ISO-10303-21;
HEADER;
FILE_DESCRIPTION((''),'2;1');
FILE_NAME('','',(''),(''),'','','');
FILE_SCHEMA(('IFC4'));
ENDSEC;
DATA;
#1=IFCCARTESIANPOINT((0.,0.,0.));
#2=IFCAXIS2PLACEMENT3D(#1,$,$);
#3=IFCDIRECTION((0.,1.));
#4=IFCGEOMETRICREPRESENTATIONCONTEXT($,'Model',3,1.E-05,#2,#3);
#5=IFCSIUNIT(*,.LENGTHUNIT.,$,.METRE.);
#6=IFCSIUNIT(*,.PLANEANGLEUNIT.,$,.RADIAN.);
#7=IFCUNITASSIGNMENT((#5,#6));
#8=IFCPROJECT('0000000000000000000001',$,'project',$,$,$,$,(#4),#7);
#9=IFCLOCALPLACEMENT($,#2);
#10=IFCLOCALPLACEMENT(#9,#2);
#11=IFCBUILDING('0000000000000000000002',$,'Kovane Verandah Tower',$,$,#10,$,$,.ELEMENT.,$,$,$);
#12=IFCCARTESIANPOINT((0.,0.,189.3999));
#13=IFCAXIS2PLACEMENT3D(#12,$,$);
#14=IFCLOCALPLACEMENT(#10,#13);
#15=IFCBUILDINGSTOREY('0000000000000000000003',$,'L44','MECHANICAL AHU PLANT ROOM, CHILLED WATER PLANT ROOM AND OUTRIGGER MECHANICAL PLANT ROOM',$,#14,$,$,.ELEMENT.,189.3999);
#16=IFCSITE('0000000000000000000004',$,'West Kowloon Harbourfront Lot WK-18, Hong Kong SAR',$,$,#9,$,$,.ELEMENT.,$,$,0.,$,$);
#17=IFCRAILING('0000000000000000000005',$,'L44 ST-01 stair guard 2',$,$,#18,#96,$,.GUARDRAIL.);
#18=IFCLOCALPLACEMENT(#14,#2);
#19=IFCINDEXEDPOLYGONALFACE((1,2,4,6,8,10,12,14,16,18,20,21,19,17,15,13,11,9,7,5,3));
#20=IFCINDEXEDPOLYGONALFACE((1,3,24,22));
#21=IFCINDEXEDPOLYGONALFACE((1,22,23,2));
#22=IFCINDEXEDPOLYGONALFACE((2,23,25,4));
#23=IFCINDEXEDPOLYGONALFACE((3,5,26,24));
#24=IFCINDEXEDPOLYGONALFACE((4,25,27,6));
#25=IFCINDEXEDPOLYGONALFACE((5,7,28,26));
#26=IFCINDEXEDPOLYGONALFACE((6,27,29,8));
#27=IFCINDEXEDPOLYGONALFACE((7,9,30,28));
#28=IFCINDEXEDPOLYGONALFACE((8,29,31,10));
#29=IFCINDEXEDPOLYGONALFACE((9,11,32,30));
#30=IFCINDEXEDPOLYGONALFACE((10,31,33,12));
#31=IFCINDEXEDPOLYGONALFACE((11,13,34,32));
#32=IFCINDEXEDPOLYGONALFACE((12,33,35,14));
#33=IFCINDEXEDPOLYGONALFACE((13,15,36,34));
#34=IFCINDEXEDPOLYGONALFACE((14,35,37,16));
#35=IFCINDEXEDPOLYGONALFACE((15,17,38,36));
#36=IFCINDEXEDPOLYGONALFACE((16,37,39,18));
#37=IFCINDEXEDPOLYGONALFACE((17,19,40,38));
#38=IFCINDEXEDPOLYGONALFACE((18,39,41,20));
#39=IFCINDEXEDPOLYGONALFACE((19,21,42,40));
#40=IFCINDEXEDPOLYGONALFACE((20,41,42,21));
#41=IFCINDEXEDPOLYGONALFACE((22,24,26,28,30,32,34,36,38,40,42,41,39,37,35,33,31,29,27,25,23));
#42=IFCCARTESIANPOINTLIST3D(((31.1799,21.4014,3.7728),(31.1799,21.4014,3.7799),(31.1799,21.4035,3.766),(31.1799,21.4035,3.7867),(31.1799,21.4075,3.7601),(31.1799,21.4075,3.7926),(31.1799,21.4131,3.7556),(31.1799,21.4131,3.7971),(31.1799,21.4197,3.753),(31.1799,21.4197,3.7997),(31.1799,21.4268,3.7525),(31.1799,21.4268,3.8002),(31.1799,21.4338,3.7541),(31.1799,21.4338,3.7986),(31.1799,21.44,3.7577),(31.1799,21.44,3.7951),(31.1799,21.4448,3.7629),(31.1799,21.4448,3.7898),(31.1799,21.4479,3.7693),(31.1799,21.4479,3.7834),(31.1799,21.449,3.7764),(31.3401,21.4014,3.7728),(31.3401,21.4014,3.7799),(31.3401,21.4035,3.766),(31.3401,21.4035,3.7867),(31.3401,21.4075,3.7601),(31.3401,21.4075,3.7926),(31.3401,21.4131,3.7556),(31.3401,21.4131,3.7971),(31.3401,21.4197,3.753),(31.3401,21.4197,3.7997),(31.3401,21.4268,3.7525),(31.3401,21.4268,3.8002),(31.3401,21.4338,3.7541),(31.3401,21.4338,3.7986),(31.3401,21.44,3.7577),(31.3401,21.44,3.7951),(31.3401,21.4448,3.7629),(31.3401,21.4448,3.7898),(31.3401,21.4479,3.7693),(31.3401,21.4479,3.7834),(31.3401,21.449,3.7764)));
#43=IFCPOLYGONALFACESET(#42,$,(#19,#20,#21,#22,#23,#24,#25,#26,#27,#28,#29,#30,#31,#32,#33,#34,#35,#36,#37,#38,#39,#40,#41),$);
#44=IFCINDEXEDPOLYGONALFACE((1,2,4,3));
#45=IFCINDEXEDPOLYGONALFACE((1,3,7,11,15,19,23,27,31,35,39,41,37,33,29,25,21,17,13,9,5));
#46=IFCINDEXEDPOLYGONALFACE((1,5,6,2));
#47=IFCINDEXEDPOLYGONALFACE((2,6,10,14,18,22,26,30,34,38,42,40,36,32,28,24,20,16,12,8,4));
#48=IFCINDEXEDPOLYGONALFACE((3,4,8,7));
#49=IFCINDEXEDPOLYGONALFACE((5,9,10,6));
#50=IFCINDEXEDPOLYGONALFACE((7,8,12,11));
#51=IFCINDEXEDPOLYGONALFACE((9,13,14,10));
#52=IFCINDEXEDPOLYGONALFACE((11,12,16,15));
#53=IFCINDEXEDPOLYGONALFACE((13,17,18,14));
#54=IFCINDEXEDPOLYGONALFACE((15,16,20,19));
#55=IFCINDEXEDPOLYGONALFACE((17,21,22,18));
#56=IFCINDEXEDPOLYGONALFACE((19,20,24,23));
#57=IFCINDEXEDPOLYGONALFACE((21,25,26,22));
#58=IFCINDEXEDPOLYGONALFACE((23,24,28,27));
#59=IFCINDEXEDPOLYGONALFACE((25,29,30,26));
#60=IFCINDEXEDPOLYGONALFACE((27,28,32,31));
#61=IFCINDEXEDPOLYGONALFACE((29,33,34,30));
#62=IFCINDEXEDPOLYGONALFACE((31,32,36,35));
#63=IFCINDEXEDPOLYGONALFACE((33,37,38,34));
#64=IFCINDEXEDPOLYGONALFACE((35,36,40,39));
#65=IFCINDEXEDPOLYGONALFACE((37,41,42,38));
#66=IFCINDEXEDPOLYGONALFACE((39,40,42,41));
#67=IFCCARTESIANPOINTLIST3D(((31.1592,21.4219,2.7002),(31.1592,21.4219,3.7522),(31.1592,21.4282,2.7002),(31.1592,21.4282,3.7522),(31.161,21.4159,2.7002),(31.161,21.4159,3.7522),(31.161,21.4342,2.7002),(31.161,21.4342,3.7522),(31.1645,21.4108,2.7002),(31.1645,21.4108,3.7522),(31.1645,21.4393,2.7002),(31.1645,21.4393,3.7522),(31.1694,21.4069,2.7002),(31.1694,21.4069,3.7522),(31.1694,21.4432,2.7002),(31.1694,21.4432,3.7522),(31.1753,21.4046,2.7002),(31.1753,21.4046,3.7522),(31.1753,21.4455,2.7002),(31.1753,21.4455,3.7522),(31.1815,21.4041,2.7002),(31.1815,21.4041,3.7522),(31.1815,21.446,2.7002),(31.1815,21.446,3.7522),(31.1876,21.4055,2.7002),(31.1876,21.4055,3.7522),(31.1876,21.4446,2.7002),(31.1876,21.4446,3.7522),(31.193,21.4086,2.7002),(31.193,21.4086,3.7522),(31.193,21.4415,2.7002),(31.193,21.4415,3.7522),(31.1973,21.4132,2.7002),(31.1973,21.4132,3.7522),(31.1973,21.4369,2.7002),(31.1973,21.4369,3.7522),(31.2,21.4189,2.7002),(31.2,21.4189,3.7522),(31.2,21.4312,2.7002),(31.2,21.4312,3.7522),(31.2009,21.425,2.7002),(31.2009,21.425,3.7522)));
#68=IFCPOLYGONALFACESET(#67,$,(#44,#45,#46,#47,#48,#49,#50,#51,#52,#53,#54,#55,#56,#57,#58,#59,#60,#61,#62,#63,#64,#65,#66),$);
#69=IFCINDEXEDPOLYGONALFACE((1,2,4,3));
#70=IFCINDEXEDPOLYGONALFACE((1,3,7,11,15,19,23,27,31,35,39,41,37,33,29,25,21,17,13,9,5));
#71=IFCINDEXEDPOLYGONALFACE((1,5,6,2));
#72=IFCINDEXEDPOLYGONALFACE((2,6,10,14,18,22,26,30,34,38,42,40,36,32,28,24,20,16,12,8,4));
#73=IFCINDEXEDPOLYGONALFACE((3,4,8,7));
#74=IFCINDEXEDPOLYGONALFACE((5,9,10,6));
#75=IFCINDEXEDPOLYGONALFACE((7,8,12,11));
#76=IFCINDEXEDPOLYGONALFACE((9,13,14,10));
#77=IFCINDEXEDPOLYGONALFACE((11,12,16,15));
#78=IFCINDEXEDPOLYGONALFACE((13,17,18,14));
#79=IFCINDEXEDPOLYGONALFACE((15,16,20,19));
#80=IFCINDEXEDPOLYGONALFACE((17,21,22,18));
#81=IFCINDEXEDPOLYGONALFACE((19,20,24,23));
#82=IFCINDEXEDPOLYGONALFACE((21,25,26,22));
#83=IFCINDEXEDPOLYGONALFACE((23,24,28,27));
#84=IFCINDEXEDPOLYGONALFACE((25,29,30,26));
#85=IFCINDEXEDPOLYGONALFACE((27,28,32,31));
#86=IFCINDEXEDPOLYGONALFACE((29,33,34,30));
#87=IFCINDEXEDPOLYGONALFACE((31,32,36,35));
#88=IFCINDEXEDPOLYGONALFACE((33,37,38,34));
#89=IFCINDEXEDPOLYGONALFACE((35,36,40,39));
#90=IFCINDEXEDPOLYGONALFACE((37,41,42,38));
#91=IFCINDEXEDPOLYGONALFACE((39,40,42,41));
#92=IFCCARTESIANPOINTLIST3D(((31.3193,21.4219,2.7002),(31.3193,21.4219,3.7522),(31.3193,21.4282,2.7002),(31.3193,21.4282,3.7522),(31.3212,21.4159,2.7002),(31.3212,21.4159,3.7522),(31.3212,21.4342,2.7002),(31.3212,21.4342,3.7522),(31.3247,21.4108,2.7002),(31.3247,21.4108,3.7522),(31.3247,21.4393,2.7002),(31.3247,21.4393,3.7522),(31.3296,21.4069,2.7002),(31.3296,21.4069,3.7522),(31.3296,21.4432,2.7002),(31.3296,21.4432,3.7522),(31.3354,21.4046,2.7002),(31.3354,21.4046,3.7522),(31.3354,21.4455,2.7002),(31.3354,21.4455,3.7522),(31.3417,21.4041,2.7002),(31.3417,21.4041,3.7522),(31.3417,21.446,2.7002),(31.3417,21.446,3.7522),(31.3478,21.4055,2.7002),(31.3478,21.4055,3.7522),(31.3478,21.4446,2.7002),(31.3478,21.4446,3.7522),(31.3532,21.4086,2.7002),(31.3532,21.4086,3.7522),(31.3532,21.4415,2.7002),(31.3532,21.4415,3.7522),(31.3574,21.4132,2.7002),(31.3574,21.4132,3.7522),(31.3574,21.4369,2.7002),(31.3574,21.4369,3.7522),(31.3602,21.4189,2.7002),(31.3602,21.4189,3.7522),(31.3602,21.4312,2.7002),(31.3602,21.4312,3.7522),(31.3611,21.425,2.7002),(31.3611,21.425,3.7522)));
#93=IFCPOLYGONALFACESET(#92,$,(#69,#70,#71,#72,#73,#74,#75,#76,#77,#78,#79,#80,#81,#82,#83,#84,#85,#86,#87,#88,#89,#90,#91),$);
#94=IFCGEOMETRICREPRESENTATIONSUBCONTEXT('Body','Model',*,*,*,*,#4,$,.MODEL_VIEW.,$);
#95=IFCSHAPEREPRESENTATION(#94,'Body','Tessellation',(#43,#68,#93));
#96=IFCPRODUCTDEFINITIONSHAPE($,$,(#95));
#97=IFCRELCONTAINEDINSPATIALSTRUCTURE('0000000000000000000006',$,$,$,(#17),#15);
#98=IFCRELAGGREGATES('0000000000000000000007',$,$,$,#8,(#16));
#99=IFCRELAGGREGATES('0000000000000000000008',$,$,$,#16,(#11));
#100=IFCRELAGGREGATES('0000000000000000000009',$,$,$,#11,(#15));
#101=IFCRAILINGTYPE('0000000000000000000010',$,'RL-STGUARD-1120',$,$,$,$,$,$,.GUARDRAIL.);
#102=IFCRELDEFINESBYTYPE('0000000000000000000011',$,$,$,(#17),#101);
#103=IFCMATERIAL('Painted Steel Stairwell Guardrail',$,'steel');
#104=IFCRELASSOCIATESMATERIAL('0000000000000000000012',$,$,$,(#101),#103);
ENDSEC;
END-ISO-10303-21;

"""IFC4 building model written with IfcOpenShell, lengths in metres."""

from ifc_helpers import new_model, si_unit, direction, frame, origin, origin_2d, place, context, subcontext, project, spatial, circle, extrude, material, type_object, element, save


model = new_model("IFC4")

# Units and contexts
model_context = context("Model", 3, precision=1e-05, world=origin(), true_north=direction((0.0, 1.0)))
body_context = subcontext(model_context, "Body", "Model", "MODEL_VIEW")
ifc_project = project(units=[si_unit("LENGTHUNIT", "METRE"), si_unit("PLANEANGLEUNIT", "RADIAN")], contexts=[model_context])

# Site, building, storey
site_placement = place(None, origin())
site = spatial("IfcSite", under=ifc_project, at=site_placement, Name="West Kowloon Harbourfront Lot WK-18, Hong Kong SAR", CompositionType="ELEMENT", RefElevation=0.0)
building_placement = place(site_placement, origin())
building = spatial("IfcBuilding", under=site, at=building_placement, Name="Kovane Verandah Tower", CompositionType="ELEMENT")
storey_placement = place(building_placement, frame((0.0, 0.0, 189.3999)))
storey = spatial("IfcBuildingStorey", under=building, at=storey_placement, Name="L44", Description="MECHANICAL AHU PLANT ROOM, CHILLED WATER PLANT ROOM AND OUTRIGGER MECHANICAL PLANT ROOM", CompositionType="ELEMENT", Elevation=189.3999)

# Railing
ifc_material_1 = material(Name="Painted Steel Stairwell Guardrail", Category="steel")
railing_type_1 = type_object("IfcRailingType", Name="RL-STGUARD-1120", PredefinedType="GUARDRAIL", material=ifc_material_1)
railing_1_placement = place(storey_placement, frame((31.1799, 21.425, 2.7002)))
element("IfcRailing", 1, at=railing_1_placement, inside=storey, type_object=railing_type_1, Name="L44 ST-01 stair guard 2", PredefinedType="GUARDRAIL", context=body_context, shape_type="SweptSolid", body=[
    extrude(circle(Radius=0.0239, at=origin_2d()), frame((0.0, 0.0, 1.0762), z_axis=(1.0, 0.0, 0.0), x_axis=(0.0, 1.0, 0.0)), (0.0, 0.0, 1.0), 0.1602),
    extrude(circle(Radius=0.021, at=origin_2d()), origin(), (0.0, 0.0, 1.0), 1.052),
    extrude(circle(Radius=0.021, at=origin_2d()), frame((0.1602, 0.0, 0.0)), (0.0, 0.0, 1.0), 1.052),
])

save(model, "model.ifc")
